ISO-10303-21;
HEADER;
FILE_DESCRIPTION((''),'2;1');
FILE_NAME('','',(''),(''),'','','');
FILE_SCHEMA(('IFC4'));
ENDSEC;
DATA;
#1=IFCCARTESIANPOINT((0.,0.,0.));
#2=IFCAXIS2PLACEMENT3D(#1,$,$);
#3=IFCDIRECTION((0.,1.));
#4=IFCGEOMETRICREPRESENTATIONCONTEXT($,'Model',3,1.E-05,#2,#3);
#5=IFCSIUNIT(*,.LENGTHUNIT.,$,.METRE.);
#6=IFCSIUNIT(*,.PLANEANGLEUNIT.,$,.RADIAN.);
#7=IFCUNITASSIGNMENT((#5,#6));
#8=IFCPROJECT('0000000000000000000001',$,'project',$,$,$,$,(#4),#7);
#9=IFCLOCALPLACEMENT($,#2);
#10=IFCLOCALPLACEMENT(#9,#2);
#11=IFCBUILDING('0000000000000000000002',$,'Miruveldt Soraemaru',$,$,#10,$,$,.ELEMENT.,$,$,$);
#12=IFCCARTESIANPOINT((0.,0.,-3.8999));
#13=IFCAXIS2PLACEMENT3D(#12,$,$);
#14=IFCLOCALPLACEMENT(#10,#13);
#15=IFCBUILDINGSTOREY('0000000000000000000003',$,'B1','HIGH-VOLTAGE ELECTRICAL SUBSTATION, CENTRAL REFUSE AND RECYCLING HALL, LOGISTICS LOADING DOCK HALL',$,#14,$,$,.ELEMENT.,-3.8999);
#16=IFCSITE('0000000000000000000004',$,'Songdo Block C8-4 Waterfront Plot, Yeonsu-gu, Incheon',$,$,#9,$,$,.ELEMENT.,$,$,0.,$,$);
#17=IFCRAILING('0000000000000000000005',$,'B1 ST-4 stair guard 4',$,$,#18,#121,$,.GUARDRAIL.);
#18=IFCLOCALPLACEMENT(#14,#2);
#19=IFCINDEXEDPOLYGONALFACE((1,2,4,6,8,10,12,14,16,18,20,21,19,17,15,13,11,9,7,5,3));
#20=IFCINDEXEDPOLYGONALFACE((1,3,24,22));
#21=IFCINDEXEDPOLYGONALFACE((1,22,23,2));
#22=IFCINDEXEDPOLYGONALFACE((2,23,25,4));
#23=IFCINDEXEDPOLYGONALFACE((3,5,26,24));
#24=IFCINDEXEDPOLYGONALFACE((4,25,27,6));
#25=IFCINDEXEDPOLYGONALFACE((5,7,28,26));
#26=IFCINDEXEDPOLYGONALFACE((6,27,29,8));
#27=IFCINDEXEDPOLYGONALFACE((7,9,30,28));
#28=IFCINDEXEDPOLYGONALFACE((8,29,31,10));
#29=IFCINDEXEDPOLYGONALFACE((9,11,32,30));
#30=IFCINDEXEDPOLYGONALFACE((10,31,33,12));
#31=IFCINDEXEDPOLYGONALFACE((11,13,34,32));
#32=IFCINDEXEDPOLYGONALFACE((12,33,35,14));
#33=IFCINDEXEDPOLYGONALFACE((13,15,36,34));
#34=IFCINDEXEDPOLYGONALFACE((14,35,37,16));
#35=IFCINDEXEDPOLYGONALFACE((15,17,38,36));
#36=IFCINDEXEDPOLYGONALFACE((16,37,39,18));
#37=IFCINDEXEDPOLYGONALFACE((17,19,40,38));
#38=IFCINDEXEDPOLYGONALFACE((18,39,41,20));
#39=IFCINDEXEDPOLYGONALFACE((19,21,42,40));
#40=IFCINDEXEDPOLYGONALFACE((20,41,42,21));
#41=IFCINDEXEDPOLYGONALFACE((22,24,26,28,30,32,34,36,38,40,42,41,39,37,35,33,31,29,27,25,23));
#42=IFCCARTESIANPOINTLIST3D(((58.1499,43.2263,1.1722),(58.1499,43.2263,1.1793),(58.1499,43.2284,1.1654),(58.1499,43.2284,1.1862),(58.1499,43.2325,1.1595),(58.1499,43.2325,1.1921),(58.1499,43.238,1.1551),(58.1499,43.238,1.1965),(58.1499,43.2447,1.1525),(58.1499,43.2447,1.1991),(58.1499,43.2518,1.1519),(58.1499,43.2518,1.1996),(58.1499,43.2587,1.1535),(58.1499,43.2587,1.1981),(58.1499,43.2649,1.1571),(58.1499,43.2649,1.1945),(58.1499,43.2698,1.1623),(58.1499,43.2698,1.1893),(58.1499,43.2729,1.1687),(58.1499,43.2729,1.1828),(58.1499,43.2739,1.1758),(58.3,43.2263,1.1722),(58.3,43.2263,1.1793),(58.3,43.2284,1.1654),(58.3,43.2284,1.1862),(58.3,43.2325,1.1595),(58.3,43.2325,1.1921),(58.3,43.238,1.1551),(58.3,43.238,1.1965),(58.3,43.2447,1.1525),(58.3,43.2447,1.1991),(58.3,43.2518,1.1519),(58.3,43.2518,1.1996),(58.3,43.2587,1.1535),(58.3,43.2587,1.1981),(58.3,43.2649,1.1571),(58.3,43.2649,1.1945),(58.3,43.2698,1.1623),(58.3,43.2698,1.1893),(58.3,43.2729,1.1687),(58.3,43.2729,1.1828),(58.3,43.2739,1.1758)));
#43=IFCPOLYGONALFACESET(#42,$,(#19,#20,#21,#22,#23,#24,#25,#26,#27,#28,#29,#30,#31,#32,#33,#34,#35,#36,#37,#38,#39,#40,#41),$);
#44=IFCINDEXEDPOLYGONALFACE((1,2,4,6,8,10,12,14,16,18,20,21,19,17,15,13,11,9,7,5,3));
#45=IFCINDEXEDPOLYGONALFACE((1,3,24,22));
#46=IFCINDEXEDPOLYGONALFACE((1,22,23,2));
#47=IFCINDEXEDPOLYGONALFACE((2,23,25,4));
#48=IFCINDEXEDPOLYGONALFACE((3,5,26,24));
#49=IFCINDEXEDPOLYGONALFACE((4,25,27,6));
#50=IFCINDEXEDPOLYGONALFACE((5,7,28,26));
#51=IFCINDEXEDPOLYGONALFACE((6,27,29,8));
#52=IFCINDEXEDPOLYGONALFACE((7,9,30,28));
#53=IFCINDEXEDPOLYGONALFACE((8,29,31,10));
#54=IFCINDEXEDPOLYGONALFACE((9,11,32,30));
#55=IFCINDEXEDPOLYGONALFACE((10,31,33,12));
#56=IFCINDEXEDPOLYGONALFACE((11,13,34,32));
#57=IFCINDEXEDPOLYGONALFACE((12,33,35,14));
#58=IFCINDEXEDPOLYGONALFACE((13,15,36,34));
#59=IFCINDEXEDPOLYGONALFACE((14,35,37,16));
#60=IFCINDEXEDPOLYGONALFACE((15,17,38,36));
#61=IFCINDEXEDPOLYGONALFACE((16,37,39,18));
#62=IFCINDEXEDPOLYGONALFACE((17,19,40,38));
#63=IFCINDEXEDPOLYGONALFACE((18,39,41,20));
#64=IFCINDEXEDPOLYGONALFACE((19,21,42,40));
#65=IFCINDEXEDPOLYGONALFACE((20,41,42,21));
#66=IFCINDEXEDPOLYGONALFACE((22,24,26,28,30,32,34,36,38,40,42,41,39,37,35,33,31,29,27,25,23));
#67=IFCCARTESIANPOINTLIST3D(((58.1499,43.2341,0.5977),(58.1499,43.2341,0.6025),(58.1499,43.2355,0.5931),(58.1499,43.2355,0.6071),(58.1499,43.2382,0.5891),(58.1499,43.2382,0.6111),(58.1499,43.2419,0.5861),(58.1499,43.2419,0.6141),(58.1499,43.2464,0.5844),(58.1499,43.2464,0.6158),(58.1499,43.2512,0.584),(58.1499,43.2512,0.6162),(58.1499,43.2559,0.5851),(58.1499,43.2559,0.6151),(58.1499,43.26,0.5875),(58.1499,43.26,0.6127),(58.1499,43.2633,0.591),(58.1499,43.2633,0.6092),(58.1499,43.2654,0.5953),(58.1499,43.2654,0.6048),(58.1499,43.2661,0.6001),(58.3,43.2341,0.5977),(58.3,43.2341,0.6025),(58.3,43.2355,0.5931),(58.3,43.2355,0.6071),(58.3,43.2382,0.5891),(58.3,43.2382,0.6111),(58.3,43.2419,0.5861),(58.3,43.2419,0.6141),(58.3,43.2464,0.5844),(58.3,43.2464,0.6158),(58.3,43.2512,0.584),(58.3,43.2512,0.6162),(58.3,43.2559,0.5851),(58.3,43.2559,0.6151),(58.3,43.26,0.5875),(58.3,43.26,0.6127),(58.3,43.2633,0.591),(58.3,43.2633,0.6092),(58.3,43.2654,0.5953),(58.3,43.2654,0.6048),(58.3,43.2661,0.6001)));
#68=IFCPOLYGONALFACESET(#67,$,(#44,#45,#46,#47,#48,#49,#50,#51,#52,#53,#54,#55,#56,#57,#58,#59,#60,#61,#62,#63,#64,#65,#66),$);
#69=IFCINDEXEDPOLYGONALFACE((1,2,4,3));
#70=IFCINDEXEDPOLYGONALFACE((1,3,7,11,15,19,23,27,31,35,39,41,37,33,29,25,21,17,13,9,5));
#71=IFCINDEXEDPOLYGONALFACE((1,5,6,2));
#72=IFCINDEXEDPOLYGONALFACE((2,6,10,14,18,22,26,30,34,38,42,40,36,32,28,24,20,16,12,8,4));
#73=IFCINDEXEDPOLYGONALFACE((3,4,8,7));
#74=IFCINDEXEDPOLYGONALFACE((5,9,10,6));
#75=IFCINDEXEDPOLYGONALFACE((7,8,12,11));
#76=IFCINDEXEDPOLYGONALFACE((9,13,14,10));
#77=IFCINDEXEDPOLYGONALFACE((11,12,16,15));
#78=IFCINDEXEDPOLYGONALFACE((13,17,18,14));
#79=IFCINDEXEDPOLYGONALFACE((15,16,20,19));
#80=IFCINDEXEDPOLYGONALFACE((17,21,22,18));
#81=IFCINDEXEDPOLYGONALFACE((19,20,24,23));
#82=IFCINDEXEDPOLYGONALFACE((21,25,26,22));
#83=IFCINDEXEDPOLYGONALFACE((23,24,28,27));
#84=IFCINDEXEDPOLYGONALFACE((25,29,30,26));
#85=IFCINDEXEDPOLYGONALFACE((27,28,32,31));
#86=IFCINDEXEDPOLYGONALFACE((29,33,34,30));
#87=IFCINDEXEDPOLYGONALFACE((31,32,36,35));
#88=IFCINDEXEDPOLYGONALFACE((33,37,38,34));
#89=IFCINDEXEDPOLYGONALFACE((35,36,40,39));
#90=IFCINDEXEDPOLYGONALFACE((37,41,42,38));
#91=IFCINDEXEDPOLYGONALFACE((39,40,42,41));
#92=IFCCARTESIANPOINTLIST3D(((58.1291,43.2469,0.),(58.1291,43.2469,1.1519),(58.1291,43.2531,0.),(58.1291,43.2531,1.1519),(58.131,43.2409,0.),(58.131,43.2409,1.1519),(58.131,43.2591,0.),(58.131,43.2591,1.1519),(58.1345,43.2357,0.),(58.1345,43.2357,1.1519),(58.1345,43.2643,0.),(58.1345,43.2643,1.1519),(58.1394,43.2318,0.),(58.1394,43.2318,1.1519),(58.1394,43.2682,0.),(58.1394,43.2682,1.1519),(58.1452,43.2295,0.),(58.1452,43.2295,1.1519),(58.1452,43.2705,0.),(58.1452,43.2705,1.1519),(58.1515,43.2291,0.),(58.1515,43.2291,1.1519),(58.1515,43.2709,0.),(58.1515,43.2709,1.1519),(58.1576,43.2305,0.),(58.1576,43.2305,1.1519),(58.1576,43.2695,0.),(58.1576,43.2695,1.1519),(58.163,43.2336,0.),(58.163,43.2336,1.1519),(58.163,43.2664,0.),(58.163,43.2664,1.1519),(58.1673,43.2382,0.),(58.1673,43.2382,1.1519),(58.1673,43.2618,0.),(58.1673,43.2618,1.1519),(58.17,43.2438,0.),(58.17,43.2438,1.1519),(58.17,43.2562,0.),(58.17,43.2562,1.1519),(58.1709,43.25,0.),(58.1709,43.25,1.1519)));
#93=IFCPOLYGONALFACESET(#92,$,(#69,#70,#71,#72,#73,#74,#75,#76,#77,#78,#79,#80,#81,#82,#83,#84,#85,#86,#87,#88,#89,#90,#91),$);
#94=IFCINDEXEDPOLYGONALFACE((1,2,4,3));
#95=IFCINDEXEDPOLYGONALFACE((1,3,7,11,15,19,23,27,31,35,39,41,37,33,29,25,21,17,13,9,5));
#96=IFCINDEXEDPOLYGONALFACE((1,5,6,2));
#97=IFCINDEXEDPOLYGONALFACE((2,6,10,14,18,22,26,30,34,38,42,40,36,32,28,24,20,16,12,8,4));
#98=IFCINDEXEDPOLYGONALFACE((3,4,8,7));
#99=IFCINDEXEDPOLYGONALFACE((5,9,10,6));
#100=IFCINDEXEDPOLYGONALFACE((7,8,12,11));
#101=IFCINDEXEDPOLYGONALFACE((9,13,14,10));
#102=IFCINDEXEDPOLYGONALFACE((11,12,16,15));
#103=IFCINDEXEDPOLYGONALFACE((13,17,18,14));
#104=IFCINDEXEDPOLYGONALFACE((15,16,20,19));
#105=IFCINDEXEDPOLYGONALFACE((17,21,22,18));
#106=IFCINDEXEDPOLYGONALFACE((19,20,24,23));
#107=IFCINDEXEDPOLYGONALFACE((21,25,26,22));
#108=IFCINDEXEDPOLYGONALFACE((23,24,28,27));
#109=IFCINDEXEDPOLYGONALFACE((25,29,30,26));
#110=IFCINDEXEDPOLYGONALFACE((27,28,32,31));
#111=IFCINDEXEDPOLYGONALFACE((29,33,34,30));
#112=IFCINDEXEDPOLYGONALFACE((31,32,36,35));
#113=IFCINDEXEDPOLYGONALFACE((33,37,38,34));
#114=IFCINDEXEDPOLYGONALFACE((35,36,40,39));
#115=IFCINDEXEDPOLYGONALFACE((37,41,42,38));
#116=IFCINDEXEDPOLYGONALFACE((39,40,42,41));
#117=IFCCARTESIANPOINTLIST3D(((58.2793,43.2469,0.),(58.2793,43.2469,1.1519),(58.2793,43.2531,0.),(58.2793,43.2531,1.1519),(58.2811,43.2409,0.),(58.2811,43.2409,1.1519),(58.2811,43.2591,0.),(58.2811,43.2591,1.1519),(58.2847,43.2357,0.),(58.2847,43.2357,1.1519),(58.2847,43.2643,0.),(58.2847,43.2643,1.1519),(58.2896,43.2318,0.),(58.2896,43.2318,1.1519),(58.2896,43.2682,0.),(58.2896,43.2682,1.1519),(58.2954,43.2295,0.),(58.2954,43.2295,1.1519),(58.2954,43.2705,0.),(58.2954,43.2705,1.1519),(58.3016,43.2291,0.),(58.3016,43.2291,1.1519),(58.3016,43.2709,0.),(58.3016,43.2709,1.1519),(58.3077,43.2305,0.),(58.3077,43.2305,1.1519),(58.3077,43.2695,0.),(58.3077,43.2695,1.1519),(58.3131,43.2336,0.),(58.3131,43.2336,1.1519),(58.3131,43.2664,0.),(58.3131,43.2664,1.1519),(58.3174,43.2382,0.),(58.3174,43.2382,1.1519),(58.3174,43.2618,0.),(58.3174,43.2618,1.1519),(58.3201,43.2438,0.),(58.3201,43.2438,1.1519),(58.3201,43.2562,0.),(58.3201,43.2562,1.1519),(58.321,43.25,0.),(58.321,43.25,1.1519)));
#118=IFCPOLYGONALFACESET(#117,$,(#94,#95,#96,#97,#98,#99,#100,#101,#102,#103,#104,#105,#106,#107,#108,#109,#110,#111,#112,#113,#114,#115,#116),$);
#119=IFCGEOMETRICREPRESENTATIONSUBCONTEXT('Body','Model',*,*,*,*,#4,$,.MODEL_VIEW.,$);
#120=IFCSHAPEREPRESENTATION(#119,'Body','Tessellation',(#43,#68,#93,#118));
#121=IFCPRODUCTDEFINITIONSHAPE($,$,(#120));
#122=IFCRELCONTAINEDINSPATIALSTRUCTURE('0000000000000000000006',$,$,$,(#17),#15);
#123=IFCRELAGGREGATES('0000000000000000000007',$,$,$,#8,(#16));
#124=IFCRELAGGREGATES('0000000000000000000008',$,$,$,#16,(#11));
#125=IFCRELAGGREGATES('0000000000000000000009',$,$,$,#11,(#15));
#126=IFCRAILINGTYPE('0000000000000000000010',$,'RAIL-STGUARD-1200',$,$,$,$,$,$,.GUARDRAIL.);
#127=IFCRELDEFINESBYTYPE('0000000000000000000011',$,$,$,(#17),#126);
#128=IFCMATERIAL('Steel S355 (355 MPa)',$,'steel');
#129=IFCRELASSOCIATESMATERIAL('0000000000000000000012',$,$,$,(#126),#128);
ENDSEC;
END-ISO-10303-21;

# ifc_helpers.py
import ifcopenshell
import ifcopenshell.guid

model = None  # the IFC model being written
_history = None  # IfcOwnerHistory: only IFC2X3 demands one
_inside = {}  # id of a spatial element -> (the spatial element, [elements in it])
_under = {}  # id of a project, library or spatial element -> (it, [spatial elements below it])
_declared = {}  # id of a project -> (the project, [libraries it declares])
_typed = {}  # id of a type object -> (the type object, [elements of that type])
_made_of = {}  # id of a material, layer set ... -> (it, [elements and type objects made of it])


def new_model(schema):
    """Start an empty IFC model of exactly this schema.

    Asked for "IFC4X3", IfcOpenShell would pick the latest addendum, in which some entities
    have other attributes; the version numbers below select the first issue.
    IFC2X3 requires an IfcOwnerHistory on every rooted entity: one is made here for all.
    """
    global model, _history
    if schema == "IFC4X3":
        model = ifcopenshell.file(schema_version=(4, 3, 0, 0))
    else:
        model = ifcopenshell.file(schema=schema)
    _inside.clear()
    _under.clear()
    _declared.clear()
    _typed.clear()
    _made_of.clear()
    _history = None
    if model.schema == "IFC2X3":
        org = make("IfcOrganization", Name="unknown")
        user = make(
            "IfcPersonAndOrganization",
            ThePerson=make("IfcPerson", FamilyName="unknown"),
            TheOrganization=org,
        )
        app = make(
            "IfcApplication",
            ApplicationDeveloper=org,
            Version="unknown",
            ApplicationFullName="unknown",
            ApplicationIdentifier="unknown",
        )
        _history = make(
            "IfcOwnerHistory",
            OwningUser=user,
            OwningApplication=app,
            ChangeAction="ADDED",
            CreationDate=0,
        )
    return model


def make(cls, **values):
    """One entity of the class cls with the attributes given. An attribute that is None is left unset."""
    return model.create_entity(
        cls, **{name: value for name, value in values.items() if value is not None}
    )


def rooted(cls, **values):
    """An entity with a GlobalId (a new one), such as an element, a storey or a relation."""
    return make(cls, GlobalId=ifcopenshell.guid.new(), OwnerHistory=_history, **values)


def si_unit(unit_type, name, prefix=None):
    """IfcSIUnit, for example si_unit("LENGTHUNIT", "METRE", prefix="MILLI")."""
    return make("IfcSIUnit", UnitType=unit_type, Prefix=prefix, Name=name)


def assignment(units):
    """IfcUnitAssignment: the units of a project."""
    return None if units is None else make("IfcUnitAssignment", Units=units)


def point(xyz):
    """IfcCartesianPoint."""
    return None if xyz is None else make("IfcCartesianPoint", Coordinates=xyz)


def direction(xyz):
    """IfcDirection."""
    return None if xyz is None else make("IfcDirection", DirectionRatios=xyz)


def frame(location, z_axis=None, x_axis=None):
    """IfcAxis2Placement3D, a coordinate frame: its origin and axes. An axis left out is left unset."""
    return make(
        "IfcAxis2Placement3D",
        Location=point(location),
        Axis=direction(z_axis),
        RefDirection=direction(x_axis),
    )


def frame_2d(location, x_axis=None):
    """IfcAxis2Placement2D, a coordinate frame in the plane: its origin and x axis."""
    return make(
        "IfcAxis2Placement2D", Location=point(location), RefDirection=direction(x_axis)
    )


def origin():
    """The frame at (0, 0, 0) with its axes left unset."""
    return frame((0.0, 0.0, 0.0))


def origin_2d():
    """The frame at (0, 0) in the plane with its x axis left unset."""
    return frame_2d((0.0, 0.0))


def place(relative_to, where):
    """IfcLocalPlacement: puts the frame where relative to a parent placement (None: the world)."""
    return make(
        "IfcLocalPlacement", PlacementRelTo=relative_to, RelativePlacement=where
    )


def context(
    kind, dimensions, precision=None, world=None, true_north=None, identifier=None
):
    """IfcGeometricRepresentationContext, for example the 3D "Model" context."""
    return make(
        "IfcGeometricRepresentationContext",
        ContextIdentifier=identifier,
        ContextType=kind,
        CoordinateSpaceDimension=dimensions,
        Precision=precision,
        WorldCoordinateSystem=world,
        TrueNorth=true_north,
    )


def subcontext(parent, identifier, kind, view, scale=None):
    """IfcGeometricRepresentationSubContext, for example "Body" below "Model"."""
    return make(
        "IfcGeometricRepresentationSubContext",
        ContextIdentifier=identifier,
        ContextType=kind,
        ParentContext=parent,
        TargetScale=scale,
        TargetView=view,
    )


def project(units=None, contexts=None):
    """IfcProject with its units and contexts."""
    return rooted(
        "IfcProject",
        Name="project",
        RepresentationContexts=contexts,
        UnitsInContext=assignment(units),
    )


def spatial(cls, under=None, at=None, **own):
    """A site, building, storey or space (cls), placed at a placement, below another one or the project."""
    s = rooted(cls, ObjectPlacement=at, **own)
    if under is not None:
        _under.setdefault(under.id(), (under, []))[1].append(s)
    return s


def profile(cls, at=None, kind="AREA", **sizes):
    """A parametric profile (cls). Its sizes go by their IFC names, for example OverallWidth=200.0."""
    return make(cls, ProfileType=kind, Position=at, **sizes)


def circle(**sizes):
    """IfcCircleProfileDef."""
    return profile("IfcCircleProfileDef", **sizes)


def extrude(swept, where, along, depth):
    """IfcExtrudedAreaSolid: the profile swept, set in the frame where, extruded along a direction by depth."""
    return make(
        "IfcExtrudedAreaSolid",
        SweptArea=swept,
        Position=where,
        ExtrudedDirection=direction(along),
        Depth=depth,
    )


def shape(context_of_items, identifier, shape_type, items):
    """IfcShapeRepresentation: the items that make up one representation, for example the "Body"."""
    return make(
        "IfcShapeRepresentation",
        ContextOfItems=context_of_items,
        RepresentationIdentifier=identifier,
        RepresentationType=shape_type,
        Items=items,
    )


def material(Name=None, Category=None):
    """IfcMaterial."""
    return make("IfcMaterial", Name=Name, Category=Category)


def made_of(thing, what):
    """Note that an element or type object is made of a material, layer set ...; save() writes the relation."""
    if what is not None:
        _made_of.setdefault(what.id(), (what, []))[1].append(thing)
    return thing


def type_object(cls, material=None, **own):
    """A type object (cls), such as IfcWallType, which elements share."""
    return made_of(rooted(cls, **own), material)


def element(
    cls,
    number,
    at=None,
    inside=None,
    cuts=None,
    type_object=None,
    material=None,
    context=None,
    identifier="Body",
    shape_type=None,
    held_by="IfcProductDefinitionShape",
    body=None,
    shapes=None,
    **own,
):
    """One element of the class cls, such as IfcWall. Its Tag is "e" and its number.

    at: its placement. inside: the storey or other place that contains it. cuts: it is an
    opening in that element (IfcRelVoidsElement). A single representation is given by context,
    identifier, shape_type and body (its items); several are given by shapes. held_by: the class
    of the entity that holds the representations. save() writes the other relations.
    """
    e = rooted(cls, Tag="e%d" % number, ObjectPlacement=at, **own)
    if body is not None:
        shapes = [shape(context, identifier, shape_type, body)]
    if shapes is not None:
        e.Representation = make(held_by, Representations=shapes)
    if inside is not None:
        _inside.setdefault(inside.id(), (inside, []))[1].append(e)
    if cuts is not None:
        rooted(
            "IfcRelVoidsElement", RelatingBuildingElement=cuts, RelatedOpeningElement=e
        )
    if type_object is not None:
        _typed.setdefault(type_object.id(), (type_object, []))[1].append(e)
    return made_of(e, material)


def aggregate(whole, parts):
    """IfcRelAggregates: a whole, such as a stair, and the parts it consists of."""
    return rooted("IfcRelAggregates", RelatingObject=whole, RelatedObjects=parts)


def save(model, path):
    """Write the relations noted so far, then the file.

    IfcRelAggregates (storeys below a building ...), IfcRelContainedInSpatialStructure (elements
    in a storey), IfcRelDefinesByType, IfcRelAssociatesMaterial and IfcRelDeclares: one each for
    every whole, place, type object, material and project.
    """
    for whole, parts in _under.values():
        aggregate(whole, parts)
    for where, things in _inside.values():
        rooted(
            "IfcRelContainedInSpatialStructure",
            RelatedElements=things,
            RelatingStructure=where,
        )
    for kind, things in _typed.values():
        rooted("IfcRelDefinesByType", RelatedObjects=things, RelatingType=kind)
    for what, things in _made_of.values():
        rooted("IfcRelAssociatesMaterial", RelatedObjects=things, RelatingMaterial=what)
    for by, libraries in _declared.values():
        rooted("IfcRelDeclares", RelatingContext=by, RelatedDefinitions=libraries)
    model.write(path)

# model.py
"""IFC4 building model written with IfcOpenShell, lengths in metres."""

from ifc_helpers import new_model, si_unit, direction, frame, origin, origin_2d, place, context, subcontext, project, spatial, circle, extrude, material, type_object, element, save


model = new_model("IFC4")

# Units and contexts
model_context = context("Model", 3, precision=1e-05, world=origin(), true_north=direction((0.0, 1.0)))
body_context = subcontext(model_context, "Body", "Model", "MODEL_VIEW")
ifc_project = project(units=[si_unit("LENGTHUNIT", "METRE"), si_unit("PLANEANGLEUNIT", "RADIAN")], contexts=[model_context])

# Site, building, storey
site_placement = place(None, origin())
site = spatial("IfcSite", under=ifc_project, at=site_placement, Name="Songdo Block C8-4 Waterfront Plot, Yeonsu-gu, Incheon", CompositionType="ELEMENT", RefElevation=0.0)
building_placement = place(site_placement, origin())
building = spatial("IfcBuilding", under=site, at=building_placement, Name="Miruveldt Soraemaru", CompositionType="ELEMENT")
storey_placement = place(building_placement, frame((0.0, 0.0, -3.8999)))
storey = spatial("IfcBuildingStorey", under=building, at=storey_placement, Name="B1", Description="HIGH-VOLTAGE ELECTRICAL SUBSTATION, CENTRAL REFUSE AND RECYCLING HALL, LOGISTICS LOADING DOCK HALL", CompositionType="ELEMENT", Elevation=-3.8999)

# Shared definitions
ifc_material_1 = material(Name="Steel S355 (355 MPa)", Category="steel")

# Railing
railing_type_1 = type_object("IfcRailingType", Name="RAIL-STGUARD-1200", PredefinedType="GUARDRAIL", material=ifc_material_1)
railing_1_placement = place(storey_placement, frame((58.1499, 43.25, 0.0)))
element("IfcRailing", 1, at=railing_1_placement, inside=storey, type_object=railing_type_1, Name="B1 ST-4 stair guard 4", PredefinedType="GUARDRAIL", context=body_context, shape_type="SweptSolid", body=[
    extrude(circle(Radius=0.0239, at=origin_2d()), frame((0.0, 0.0, 1.1758), z_axis=(1.0, 0.0, 0.0), x_axis=(0.0, 1.0, 0.0)), (0.0, 0.0, 1.0), 0.1501),
    extrude(circle(Radius=0.0161, at=origin_2d()), frame((0.0, 0.0, 0.6001), z_axis=(1.0, 0.0, 0.0), x_axis=(0.0, 1.0, 0.0)), (0.0, 0.0, 1.0), 0.1501),
    extrude(circle(Radius=0.021, at=origin_2d()), origin(), (0.0, 0.0, 1.0), 1.1519),
    extrude(circle(Radius=0.021, at=origin_2d()), frame((0.1501, 0.0, 0.0)), (0.0, 0.0, 1.0), 1.1519),
])

save(model, "model.ifc")
